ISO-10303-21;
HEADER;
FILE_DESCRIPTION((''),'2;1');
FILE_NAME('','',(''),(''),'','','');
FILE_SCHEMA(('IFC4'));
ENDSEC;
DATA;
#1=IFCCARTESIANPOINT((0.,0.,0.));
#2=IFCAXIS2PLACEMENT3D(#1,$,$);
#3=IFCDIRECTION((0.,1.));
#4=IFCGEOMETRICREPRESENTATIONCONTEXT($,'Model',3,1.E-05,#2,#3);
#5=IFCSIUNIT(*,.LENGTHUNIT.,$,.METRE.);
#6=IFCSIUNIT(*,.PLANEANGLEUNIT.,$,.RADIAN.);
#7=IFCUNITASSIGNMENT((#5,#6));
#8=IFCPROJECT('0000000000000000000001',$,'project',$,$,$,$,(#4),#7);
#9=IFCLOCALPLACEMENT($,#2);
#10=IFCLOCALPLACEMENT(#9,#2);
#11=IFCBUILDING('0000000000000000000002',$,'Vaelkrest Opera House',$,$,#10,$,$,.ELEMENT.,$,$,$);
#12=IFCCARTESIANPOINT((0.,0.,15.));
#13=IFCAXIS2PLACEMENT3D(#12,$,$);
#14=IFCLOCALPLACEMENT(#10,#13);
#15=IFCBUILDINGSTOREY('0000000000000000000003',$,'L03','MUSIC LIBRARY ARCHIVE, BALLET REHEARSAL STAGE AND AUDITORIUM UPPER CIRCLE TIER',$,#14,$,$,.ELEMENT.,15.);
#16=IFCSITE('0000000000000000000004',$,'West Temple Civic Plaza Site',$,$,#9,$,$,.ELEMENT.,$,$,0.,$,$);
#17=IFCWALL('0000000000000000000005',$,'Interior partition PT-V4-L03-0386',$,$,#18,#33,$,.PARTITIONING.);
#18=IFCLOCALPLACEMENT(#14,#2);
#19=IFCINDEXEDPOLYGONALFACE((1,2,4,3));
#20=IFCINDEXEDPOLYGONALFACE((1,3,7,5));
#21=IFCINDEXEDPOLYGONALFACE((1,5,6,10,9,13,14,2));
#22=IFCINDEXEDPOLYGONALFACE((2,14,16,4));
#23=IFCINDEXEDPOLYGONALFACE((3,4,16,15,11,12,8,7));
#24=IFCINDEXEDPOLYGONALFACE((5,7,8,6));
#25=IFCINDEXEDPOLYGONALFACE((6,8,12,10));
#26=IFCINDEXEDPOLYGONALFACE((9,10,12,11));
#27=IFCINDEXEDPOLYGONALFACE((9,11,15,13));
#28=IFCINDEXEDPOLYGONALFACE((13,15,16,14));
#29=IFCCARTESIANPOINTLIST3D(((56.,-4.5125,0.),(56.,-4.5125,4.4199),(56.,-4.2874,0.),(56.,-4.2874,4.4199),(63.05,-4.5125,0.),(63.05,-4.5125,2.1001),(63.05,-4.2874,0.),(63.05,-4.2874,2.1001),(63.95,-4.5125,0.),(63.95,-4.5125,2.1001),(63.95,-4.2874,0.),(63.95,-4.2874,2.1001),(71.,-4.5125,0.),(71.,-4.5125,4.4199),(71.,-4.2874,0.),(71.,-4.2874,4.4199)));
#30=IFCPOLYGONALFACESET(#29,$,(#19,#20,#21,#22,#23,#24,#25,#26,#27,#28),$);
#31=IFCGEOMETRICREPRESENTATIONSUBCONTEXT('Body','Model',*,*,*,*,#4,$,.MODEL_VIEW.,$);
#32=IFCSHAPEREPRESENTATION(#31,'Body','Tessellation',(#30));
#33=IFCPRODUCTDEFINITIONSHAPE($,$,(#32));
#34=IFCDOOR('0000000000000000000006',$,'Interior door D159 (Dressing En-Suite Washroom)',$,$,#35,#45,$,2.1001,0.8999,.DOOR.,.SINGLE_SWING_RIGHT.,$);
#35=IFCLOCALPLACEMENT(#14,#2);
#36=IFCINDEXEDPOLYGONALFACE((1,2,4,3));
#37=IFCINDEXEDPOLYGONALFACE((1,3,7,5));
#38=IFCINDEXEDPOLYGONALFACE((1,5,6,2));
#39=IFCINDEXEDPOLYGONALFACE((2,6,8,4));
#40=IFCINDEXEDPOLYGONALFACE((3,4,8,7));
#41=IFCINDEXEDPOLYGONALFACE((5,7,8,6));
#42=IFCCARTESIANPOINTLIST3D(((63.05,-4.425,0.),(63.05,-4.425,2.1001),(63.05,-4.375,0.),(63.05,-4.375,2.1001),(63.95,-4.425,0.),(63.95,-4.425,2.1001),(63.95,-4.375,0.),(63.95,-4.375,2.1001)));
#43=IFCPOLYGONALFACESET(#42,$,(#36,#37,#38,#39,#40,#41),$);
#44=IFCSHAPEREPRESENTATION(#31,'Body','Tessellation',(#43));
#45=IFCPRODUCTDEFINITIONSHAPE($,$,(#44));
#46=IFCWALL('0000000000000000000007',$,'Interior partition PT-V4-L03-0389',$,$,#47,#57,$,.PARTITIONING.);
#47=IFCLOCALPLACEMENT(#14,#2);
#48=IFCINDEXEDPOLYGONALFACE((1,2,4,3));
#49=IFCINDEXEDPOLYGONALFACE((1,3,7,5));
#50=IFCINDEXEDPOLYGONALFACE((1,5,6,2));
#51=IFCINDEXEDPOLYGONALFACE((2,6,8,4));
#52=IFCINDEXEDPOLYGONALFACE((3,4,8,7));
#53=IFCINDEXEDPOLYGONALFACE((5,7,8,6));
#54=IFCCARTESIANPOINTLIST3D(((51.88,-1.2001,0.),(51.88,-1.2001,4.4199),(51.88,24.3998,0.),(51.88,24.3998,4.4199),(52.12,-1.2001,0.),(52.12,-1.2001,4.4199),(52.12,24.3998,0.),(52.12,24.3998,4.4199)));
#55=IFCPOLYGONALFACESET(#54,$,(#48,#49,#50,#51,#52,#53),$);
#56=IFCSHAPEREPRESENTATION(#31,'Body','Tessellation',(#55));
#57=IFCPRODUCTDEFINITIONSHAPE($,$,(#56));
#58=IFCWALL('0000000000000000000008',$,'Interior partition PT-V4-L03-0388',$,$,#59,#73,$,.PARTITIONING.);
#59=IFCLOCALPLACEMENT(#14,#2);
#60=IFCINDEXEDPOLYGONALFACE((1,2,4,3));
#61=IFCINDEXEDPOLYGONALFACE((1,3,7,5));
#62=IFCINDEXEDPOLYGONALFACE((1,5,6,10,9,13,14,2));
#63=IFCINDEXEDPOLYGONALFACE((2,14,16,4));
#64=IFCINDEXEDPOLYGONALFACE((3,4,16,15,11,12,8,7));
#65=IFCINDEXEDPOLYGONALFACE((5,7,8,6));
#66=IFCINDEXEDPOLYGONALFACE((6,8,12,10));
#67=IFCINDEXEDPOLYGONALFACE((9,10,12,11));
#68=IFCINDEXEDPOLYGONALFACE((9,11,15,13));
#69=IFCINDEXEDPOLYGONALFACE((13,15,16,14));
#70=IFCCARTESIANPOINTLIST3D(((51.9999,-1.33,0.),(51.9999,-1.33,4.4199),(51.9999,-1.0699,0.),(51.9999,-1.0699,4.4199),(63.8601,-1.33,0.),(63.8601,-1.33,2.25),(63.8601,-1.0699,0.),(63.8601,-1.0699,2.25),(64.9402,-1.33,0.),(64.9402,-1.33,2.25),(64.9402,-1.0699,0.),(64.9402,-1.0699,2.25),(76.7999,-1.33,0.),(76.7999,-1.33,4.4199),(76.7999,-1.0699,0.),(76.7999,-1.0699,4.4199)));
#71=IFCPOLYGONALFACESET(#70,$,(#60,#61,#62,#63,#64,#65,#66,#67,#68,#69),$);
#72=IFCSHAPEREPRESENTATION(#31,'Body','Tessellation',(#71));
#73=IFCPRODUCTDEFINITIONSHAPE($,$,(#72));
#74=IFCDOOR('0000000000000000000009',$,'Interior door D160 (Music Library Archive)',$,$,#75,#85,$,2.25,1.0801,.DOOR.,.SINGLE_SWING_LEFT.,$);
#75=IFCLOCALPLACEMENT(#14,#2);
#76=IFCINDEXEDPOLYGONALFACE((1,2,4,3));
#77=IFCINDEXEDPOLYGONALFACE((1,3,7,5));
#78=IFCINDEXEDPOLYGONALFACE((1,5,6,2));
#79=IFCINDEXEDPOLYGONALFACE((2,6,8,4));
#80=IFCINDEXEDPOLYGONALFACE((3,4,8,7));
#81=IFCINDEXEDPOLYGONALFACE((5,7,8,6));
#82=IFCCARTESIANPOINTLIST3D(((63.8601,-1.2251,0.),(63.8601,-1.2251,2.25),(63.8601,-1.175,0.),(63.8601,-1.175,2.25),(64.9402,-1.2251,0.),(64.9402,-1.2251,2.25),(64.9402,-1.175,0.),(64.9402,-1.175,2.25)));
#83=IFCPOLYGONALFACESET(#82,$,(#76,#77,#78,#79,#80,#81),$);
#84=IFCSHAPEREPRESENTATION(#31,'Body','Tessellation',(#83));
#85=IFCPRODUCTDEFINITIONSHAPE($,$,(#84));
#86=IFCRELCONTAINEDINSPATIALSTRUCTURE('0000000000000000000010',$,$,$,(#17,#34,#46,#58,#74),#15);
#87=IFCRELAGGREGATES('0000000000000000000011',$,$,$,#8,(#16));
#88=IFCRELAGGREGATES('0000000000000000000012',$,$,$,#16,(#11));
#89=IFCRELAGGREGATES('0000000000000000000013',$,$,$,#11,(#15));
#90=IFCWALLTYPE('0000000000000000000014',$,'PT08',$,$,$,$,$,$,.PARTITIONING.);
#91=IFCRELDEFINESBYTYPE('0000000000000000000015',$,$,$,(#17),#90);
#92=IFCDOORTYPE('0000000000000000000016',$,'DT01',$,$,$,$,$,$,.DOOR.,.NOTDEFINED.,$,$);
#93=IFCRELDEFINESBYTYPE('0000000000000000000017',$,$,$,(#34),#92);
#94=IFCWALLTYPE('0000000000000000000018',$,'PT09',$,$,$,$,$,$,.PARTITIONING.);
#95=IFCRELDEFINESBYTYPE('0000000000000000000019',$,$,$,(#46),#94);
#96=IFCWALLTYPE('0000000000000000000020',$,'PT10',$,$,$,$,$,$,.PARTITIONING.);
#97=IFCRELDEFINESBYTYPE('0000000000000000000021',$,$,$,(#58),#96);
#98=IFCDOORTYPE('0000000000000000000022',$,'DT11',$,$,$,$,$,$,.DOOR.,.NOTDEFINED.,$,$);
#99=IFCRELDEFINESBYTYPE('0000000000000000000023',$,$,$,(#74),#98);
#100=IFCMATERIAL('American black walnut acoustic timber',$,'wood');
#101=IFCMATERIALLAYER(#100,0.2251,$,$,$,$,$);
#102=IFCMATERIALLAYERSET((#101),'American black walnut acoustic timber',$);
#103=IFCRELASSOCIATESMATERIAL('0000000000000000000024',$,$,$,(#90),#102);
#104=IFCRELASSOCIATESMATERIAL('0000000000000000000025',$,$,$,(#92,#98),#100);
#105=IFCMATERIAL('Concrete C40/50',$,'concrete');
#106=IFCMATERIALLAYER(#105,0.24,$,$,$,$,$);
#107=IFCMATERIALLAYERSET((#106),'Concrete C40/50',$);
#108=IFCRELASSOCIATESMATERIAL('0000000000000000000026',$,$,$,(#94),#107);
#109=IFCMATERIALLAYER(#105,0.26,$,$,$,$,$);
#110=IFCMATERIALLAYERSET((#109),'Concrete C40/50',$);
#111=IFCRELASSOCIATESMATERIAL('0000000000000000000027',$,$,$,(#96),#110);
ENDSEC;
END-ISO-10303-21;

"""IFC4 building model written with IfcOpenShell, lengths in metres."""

from ifc_helpers import new_model, si_unit, direction, frame, frame_2d, origin, place, context, subcontext, project, spatial, rectangle, extrude, material, layer, layer_set, type_object, element, fill, save


model = new_model("IFC4")

# Units and contexts
model_context = context("Model", 3, precision=1e-05, world=origin(), true_north=direction((0.0, 1.0)))
body_context = subcontext(model_context, "Body", "Model", "MODEL_VIEW")
ifc_project = project(units=[si_unit("LENGTHUNIT", "METRE"), si_unit("PLANEANGLEUNIT", "RADIAN")], contexts=[model_context])

# Site, building, storey
site_placement = place(None, origin())
site = spatial("IfcSite", under=ifc_project, at=site_placement, Name="West Temple Civic Plaza Site", CompositionType="ELEMENT", RefElevation=0.0)
building_placement = place(site_placement, origin())
building = spatial("IfcBuilding", under=site, at=building_placement, Name="Vaelkrest Opera House", CompositionType="ELEMENT")
storey_placement = place(building_placement, frame((0.0, 0.0, 15.0)))
storey = spatial("IfcBuildingStorey", under=building, at=storey_placement, Name="L03", Description="MUSIC LIBRARY ARCHIVE, BALLET REHEARSAL STAGE AND AUDITORIUM UPPER CIRCLE TIER", CompositionType="ELEMENT", Elevation=15.0)

# Shared definitions
ifc_material_1 = material(Name="Concrete C40/50", Category="concrete")

# Wall, opening, door
ifc_material_2 = material(Name="American black walnut acoustic timber", Category="wood")
ifc_layer_1 = layer(ifc_material_2, 0.2251)
ifc_layer_set_1 = layer_set([ifc_layer_1], Name="American black walnut acoustic timber")
wall_type_1 = type_object("IfcWallType", Name="PT08", PredefinedType="PARTITIONING", material=ifc_layer_set_1)
wall_1_placement = place(storey_placement, frame((56.0, -4.3999, 0.0), z_axis=(0.0, 0.0, 1.0), x_axis=(1.0, 0.0, 0.0)))
wall_1 = element("IfcWall", 1, at=wall_1_placement, inside=storey, type_object=wall_type_1, Name="Interior partition PT-V4-L03-0386", PredefinedType="PARTITIONING", context=body_context, shape_type="SweptSolid", body=[
    extrude(rectangle(XDim=15.0, YDim=0.2251, at=frame_2d((7.5, 0.0))), origin(), (0.0, 0.0, 1.0), 4.4199),
])
opening_1_placement = place(wall_1_placement, frame((7.05, 0.0, 0.0)))
opening_1 = element("IfcOpeningElement", 2, at=opening_1_placement, cuts=wall_1, PredefinedType="OPENING", context=body_context, shape_type="SweptSolid", body=[
    extrude(rectangle(XDim=0.8999, YDim=2.1001, at=frame_2d((0.45, 1.05))), frame((0.0, 0.1226, 0.0), z_axis=(0.0, -1.0, 0.0), x_axis=(1.0, 0.0, 0.0)), (0.0, 0.0, 1.0), 0.2451),
])
door_type_1 = type_object("IfcDoorType", Name="DT01", OperationType="NOTDEFINED", PredefinedType="DOOR", material=ifc_material_2)
door_1_placement = place(opening_1_placement, origin())
door_1 = element("IfcDoor", 3, at=door_1_placement, inside=storey, type_object=door_type_1, Name="Interior door D159 (Dressing En-Suite Washroom)", OperationType="SINGLE_SWING_RIGHT", OverallHeight=2.1001, OverallWidth=0.8999, PredefinedType="DOOR", context=body_context, shape_type="SweptSolid", body=[
    extrude(rectangle(XDim=0.8999, YDim=2.1001, at=frame_2d((0.45, 1.05))), frame((0.0, 0.0249, 0.0), z_axis=(0.0, -1.0, 0.0), x_axis=(1.0, 0.0, 0.0)), (0.0, 0.0, 1.0), 0.05),
])
fill(opening_1, door_1)

# Wall
ifc_layer_2 = layer(ifc_material_1, 0.24)
ifc_layer_set_2 = layer_set([ifc_layer_2], Name="Concrete C40/50")
wall_type_2 = type_object("IfcWallType", Name="PT09", PredefinedType="PARTITIONING", material=ifc_layer_set_2)
wall_2_placement = place(storey_placement, frame((52.0, -1.2, 0.0), z_axis=(0.0, 0.0, 1.0), x_axis=(0.0, 1.0, 0.0)))
element("IfcWall", 4, at=wall_2_placement, inside=storey, type_object=wall_type_2, Name="Interior partition PT-V4-L03-0389", PredefinedType="PARTITIONING", context=body_context, shape_type="SweptSolid", body=[
    extrude(rectangle(XDim=25.5999, YDim=0.24, at=frame_2d((12.7998, 0.0))), origin(), (0.0, 0.0, 1.0), 4.4199),
])

# Wall, opening, door
ifc_layer_3 = layer(ifc_material_1, 0.26)
ifc_layer_set_3 = layer_set([ifc_layer_3], Name="Concrete C40/50")
wall_type_3 = type_object("IfcWallType", Name="PT10", PredefinedType="PARTITIONING", material=ifc_layer_set_3)
wall_3_placement = place(storey_placement, frame((52.0, -1.2, 0.0), z_axis=(0.0, 0.0, 1.0), x_axis=(1.0, 0.0, 0.0)))
wall_3 = element("IfcWall", 5, at=wall_3_placement, inside=storey, type_object=wall_type_3, Name="Interior partition PT-V4-L03-0388", PredefinedType="PARTITIONING", context=body_context, shape_type="SweptSolid", body=[
    extrude(rectangle(XDim=24.8, YDim=0.26, at=frame_2d((12.3999, 0.0))), origin(), (0.0, 0.0, 1.0), 4.4199),
])
opening_2_placement = place(wall_3_placement, frame((11.8601, 0.0, 0.0)))
opening_2 = element("IfcOpeningElement", 6, at=opening_2_placement, cuts=wall_3, PredefinedType="OPENING", context=body_context, shape_type="SweptSolid", body=[
    extrude(rectangle(XDim=1.0801, YDim=2.25, at=frame_2d((0.54, 1.125))), frame((0.0, 0.1399, 0.0), z_axis=(0.0, -1.0, 0.0), x_axis=(1.0, 0.0, 0.0)), (0.0, 0.0, 1.0), 0.28),
])
door_type_2 = type_object("IfcDoorType", Name="DT11", OperationType="NOTDEFINED", PredefinedType="DOOR", material=ifc_material_2)
door_2_placement = place(opening_2_placement, origin())
door_2 = element("IfcDoor", 7, at=door_2_placement, inside=storey, type_object=door_type_2, Name="Interior door D160 (Music Library Archive)", OperationType="SINGLE_SWING_LEFT", OverallHeight=2.25, OverallWidth=1.0801, PredefinedType="DOOR", context=body_context, shape_type="SweptSolid", body=[
    extrude(rectangle(XDim=1.0801, YDim=2.25, at=frame_2d((0.54, 1.125))), frame((0.0, 0.0249, 0.0), z_axis=(0.0, -1.0, 0.0), x_axis=(1.0, 0.0, 0.0)), (0.0, 0.0, 1.0), 0.05),
])
fill(opening_2, door_2)

save(model, "model.ifc")
